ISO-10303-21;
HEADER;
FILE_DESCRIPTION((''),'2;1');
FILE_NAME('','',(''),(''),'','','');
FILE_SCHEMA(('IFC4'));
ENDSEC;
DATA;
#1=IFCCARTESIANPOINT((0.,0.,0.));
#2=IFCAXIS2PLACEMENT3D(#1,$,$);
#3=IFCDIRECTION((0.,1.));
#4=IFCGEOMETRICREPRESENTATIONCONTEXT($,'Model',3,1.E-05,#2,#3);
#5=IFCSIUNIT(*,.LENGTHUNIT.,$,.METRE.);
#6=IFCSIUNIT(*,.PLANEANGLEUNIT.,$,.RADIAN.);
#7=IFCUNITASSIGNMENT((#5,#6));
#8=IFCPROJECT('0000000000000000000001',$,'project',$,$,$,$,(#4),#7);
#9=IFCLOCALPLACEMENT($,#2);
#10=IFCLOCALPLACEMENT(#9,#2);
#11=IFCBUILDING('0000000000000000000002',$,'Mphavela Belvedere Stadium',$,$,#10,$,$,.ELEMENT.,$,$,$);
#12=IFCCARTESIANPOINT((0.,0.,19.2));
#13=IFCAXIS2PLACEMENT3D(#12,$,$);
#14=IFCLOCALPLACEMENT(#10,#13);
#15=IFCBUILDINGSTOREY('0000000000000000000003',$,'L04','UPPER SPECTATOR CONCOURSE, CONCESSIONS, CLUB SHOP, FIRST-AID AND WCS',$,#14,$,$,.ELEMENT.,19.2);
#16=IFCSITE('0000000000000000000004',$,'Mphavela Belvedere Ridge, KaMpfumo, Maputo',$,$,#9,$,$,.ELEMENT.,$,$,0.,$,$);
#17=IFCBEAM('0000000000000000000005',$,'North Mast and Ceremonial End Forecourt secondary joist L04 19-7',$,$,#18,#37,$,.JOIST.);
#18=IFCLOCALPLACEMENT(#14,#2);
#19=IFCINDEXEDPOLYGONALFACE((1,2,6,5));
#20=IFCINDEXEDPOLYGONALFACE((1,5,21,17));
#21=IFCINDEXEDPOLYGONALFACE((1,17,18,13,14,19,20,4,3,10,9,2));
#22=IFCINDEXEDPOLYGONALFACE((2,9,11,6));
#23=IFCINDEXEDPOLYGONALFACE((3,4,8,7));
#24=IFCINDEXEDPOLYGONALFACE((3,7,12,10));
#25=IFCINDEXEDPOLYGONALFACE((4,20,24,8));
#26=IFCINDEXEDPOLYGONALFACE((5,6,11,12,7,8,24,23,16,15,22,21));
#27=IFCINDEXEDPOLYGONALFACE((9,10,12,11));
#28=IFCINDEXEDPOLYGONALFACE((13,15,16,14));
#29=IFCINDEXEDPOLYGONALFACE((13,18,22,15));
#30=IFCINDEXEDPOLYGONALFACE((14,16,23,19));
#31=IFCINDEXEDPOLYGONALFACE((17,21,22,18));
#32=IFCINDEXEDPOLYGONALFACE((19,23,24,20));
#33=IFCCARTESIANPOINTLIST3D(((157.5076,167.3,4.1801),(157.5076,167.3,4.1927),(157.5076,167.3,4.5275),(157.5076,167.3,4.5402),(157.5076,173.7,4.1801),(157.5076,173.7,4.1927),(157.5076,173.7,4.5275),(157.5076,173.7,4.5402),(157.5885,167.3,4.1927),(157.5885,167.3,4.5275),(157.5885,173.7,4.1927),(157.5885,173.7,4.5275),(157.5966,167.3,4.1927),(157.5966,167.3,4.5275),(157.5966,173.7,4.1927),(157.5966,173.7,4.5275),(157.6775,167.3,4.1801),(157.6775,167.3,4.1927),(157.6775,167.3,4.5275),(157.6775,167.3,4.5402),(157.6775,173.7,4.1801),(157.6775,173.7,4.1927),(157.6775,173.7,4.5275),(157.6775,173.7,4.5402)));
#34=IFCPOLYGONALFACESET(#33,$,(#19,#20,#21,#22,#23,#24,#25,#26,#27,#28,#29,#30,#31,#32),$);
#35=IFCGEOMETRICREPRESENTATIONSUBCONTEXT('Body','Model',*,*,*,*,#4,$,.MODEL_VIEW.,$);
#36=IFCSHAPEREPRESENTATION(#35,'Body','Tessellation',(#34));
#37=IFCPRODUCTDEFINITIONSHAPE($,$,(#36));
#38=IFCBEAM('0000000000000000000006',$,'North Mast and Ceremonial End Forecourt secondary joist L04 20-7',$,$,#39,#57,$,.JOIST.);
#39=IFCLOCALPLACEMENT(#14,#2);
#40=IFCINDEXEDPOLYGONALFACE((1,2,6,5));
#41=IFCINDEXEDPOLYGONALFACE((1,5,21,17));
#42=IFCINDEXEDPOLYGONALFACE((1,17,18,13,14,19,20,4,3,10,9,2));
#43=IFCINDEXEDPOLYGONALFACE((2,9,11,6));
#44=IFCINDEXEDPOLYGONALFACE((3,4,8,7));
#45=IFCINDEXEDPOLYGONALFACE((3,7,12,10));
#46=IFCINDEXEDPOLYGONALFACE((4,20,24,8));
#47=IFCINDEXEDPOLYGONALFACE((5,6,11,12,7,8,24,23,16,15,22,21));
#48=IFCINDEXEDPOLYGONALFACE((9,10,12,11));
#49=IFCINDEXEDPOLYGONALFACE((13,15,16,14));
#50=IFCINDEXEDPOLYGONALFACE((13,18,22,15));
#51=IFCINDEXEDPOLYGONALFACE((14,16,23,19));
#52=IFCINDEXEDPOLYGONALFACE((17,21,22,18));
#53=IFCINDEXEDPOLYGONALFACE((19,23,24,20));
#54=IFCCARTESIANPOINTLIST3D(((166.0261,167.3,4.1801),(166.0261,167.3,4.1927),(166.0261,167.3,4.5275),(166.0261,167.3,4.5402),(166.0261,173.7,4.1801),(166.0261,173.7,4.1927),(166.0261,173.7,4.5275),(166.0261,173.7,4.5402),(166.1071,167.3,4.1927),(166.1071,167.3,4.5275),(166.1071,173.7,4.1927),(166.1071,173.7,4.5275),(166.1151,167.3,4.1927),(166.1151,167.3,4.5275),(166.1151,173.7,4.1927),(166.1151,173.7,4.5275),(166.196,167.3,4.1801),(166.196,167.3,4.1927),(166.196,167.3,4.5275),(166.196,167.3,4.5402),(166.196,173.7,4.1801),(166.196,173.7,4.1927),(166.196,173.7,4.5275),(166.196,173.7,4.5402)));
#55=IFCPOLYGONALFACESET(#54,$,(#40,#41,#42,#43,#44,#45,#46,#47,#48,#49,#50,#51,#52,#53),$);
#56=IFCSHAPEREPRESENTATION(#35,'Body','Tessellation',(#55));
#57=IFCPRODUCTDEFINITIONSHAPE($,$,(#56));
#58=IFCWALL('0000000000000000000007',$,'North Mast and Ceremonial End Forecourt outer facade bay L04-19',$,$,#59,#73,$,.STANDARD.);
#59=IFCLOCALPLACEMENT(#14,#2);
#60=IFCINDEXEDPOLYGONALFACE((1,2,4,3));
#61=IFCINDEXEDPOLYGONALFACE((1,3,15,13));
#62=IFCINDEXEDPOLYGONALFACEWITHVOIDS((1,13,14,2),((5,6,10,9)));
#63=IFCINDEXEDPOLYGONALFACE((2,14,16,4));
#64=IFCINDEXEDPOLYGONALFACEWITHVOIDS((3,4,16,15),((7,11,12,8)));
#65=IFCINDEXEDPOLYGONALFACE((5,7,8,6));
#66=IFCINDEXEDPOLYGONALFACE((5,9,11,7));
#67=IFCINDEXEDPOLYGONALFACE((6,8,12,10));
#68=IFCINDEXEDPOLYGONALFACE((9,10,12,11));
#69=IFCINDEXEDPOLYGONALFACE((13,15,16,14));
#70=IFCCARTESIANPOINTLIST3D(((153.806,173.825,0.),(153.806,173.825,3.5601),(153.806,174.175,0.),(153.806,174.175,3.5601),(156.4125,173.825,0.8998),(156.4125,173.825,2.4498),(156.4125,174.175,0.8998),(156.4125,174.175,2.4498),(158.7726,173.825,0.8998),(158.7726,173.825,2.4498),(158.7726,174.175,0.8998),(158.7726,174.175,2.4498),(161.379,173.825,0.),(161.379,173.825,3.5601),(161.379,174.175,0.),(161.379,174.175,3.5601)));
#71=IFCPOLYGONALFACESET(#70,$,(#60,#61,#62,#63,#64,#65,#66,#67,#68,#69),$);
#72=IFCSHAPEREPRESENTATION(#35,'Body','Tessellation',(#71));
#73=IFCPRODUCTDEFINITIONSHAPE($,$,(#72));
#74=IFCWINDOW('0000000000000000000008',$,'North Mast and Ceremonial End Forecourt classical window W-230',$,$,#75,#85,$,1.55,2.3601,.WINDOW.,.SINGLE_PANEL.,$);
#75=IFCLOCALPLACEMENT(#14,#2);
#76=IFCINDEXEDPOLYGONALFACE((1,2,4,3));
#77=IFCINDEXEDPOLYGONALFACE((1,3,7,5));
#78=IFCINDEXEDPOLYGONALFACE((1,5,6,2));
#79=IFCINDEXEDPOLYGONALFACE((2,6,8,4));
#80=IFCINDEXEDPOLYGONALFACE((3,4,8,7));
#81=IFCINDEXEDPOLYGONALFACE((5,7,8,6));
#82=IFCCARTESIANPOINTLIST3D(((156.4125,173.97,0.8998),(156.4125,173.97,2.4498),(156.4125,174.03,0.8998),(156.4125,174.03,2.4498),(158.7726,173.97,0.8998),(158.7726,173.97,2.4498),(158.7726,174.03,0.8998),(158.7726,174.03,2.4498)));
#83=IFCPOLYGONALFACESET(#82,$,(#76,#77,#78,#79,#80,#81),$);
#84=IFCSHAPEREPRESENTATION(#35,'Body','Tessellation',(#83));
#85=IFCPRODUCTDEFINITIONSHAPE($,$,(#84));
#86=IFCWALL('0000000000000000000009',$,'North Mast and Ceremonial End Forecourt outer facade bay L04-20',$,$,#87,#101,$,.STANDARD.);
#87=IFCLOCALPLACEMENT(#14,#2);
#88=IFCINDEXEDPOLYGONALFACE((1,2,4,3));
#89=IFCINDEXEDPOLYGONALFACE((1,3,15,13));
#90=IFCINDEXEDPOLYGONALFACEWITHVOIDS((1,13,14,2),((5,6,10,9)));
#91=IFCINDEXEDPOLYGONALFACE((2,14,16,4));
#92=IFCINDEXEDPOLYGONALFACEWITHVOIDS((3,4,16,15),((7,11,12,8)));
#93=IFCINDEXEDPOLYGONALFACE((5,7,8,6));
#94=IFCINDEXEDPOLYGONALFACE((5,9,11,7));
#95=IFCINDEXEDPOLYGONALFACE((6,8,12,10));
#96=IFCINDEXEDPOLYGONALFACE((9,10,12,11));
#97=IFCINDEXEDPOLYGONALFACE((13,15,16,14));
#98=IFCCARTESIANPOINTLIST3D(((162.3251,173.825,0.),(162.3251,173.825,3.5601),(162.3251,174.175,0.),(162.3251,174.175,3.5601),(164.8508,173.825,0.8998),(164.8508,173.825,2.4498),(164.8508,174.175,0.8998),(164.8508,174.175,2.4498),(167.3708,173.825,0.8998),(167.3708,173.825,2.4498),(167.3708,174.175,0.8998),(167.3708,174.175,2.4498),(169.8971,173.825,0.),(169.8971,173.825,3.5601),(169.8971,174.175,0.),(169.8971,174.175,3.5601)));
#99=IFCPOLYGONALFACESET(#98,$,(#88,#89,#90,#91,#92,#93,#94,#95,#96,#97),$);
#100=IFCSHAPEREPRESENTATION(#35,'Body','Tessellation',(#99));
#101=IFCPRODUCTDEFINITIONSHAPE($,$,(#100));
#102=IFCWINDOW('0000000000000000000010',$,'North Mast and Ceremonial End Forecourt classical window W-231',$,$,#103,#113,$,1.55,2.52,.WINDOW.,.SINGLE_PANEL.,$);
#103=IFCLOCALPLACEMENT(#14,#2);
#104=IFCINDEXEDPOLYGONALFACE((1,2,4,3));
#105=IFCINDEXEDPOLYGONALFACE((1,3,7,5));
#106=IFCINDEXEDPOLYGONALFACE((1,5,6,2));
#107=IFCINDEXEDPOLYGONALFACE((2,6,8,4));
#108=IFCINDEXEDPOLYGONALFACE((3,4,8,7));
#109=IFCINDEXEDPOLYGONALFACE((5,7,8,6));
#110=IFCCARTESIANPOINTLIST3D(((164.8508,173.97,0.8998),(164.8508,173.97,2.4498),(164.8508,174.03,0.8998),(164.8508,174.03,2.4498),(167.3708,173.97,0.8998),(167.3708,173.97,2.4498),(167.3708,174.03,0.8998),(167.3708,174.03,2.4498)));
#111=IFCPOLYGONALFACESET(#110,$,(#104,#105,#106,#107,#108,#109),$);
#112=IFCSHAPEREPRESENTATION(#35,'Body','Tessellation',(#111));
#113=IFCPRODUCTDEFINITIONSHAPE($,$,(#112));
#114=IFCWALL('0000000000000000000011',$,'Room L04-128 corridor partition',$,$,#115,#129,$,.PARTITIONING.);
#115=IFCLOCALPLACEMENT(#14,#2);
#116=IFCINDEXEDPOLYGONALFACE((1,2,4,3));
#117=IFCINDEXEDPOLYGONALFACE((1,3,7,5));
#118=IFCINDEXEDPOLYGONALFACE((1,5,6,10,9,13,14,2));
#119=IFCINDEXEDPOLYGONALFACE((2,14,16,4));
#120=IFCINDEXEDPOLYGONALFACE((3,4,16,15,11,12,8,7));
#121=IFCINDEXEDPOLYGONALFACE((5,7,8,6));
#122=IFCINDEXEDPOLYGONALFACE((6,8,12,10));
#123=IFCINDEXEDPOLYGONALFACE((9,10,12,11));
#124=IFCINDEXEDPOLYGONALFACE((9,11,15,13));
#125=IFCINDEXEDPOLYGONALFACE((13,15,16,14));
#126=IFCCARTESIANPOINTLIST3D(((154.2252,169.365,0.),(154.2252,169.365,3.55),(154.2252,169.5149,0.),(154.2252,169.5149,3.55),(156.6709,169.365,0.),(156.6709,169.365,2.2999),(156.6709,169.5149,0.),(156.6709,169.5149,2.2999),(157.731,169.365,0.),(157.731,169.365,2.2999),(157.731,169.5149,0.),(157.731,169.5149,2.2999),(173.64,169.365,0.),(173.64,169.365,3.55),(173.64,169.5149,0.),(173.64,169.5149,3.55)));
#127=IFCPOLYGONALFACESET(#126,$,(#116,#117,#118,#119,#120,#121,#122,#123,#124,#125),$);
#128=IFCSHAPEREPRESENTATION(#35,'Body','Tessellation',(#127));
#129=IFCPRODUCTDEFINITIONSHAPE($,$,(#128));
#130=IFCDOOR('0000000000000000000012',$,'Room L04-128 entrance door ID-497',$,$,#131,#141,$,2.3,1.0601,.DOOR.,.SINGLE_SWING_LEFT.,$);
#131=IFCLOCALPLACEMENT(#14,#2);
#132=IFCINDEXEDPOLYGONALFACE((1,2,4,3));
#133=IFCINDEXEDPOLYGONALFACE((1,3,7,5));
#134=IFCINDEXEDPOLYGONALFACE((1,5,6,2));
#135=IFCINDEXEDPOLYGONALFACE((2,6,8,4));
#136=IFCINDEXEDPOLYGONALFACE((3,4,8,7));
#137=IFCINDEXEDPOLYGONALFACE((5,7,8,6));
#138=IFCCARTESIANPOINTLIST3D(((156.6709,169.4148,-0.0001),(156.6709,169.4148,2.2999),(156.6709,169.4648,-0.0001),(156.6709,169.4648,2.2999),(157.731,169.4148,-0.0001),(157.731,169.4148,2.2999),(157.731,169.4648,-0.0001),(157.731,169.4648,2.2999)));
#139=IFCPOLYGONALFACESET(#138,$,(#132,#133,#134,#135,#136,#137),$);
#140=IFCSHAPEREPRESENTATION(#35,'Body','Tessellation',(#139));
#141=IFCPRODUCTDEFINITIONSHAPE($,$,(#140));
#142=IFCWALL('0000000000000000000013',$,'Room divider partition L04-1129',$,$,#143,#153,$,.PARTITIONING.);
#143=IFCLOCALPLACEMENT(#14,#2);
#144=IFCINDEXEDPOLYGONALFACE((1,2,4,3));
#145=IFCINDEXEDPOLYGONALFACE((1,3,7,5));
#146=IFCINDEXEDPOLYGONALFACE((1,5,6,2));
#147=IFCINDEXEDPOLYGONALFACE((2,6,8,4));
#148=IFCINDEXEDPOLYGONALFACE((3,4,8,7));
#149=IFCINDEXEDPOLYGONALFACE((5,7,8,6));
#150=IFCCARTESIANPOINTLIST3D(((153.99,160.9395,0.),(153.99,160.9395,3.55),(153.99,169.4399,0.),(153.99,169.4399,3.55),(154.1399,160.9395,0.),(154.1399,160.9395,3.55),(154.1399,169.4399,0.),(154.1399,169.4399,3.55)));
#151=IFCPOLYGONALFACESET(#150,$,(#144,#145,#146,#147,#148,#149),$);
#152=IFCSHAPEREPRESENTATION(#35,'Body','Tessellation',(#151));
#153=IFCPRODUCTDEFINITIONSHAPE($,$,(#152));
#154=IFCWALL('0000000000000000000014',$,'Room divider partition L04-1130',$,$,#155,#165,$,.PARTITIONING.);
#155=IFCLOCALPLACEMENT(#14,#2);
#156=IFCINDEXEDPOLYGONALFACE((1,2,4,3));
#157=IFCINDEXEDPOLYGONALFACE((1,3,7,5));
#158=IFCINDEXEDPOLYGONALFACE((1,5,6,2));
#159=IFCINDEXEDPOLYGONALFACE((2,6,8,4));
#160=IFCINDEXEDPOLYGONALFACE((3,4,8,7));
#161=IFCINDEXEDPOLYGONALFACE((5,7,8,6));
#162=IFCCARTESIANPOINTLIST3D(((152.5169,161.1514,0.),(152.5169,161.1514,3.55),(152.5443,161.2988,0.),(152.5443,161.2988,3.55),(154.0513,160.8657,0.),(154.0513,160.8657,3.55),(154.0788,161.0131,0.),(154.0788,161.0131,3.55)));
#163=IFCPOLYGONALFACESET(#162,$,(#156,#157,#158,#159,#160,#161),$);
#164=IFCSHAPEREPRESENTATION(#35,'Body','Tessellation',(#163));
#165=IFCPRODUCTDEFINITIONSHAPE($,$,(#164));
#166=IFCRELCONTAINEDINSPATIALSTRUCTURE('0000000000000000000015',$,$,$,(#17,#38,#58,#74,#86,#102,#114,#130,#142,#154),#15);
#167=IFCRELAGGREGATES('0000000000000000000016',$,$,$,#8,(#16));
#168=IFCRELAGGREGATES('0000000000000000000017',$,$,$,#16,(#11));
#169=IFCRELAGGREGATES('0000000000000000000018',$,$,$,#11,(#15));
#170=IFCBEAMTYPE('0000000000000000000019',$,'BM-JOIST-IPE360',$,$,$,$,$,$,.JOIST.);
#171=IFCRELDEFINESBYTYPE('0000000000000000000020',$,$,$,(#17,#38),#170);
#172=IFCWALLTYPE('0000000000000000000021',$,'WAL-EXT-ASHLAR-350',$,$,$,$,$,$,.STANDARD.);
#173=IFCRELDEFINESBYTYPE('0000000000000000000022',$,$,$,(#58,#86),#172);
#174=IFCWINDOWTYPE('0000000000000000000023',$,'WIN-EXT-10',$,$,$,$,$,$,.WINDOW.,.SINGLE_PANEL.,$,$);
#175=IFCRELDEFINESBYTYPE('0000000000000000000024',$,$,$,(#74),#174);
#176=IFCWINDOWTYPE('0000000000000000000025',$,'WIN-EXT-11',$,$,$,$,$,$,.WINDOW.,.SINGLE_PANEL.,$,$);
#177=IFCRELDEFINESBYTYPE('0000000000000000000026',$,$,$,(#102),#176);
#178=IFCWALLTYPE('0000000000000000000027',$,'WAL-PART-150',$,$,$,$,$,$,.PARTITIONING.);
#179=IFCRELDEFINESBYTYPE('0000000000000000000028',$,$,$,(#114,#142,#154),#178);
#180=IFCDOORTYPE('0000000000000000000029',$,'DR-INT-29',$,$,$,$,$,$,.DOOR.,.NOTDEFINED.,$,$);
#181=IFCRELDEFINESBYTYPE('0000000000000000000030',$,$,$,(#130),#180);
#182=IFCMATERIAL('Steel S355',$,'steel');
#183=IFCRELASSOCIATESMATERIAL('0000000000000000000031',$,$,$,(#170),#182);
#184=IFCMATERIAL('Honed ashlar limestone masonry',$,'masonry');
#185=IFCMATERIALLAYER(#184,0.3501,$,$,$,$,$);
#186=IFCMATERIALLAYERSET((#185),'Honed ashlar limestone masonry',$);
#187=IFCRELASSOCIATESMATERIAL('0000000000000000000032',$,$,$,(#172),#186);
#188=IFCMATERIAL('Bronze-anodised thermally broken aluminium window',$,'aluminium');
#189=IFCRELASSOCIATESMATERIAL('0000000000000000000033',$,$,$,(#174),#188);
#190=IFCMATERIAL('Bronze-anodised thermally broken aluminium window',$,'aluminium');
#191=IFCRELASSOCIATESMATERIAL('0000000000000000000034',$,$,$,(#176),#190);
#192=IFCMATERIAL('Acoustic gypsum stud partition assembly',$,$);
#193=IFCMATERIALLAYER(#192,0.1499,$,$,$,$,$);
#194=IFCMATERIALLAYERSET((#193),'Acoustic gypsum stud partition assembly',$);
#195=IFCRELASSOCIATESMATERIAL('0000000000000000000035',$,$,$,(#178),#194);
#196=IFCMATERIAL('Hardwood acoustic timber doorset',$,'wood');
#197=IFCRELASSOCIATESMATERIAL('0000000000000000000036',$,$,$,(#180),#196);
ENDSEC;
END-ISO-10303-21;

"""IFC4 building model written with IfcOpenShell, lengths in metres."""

from ifc_helpers import new_model, si_unit, direction, frame, frame_2d, origin, origin_2d, place, context, subcontext, project, spatial, rectangle, i_section, extrude, material, layer, layer_set, material_profile, profile_set, type_object, element, fill, save


model = new_model("IFC4")

# Units and contexts
model_context = context("Model", 3, precision=1e-05, world=origin(), true_north=direction((0.0, 1.0)))
body_context = subcontext(model_context, "Body", "Model", "MODEL_VIEW")
ifc_project = project(units=[si_unit("LENGTHUNIT", "METRE"), si_unit("PLANEANGLEUNIT", "RADIAN")], contexts=[model_context])

# Site, building, storey
site_placement = place(None, origin())
site = spatial("IfcSite", under=ifc_project, at=site_placement, Name="Mphavela Belvedere Ridge, KaMpfumo, Maputo", CompositionType="ELEMENT", RefElevation=0.0)
building_placement = place(site_placement, origin())
building = spatial("IfcBuilding", under=site, at=building_placement, Name="Mphavela Belvedere Stadium", CompositionType="ELEMENT")
storey_placement = place(building_placement, frame((0.0, 0.0, 19.2)))
storey = spatial("IfcBuildingStorey", under=building, at=storey_placement, Name="L04", Description="UPPER SPECTATOR CONCOURSE, CONCESSIONS, CLUB SHOP, FIRST-AID AND WCS", CompositionType="ELEMENT", Elevation=19.2)

# Beams
ifc_material_1 = material(Name="Steel S355", Category="steel")
ifc_material_profile_1 = material_profile(ifc_material_1, i_section(OverallWidth=0.1699, OverallDepth=0.3601, WebThickness=0.0081, FlangeThickness=0.0127, at=origin_2d()), Name="IPE 360")
ifc_profile_set_1 = profile_set([ifc_material_profile_1], Name="Steel S355")
beam_type_1 = type_object("IfcBeamType", Name="BM-JOIST-IPE360", PredefinedType="JOIST", material=ifc_profile_set_1)
for number, where, z_axis, x_axis, name in (
    (1, (157.5925, 167.3, 4.3601), (0.0, 1.0, 0.0), (-1.0, 0.0, 0.0), "North Mast and Ceremonial End Forecourt secondary joist L04 19-7"),
    (2, (166.1111, 167.3, 4.3601), (0.0, 1.0, 0.0), (-1.0, 0.0, 0.0), "North Mast and Ceremonial End Forecourt secondary joist L04 20-7"),
):
    element("IfcBeam", number, at=place(storey_placement, frame(where, z_axis=z_axis, x_axis=x_axis)), inside=storey, type_object=beam_type_1, Name=name, PredefinedType="JOIST", context=body_context, shape_type="SweptSolid", body=[
        extrude(i_section(OverallWidth=0.1699, OverallDepth=0.3601, WebThickness=0.0081, FlangeThickness=0.0127, at=origin_2d()), origin(), (0.0, 0.0, 1.0), 6.3999),
    ])

# Walls, openings, windows
ifc_material_2 = material(Name="Honed ashlar limestone masonry", Category="masonry")
ifc_layer_1 = layer(ifc_material_2, 0.3501)
ifc_layer_set_1 = layer_set([ifc_layer_1], Name="Honed ashlar limestone masonry")
wall_type_1 = type_object("IfcWallType", Name="WAL-EXT-ASHLAR-350", PredefinedType="STANDARD", material=ifc_layer_set_1)
wall_1_placement = place(storey_placement, frame((153.8059, 174.0, 0.0), z_axis=(0.0, 0.0, 1.0), x_axis=(1.0, 0.0, 0.0)))
wall_1 = element("IfcWall", 3, at=wall_1_placement, inside=storey, type_object=wall_type_1, Name="North Mast and Ceremonial End Forecourt outer facade bay L04-19", PredefinedType="STANDARD", context=body_context, shape_type="SweptSolid", body=[
    extrude(rectangle(XDim=7.573, YDim=0.3501, at=frame_2d((3.7866, 0.0))), origin(), (0.0, 0.0, 1.0), 3.5601),
])
opening_1_placement = place(wall_1_placement, frame((2.6064, 0.0, 0.8999)))
opening_1 = element("IfcOpeningElement", 4, at=opening_1_placement, cuts=wall_1, PredefinedType="OPENING", context=body_context, shape_type="SweptSolid", body=[
    extrude(rectangle(XDim=2.3601, YDim=1.55, at=frame_2d((1.1802, 0.7749))), frame((0.0, 0.1851, 0.0), z_axis=(0.0, -1.0, 0.0), x_axis=(1.0, 0.0, 0.0)), (0.0, 0.0, 1.0), 0.3701),
])
ifc_material_3 = material(Name="Bronze-anodised thermally broken aluminium window", Category="aluminium")
window_type_1 = type_object("IfcWindowType", Name="WIN-EXT-10", PartitioningType="SINGLE_PANEL", PredefinedType="WINDOW", material=ifc_material_3)
window_1_placement = place(opening_1_placement, origin())
window_1 = element("IfcWindow", 5, at=window_1_placement, inside=storey, type_object=window_type_1, Name="North Mast and Ceremonial End Forecourt classical window W-230", OverallHeight=1.55, OverallWidth=2.3601, PartitioningType="SINGLE_PANEL", PredefinedType="WINDOW", context=body_context, shape_type="SweptSolid", body=[
    extrude(rectangle(XDim=2.3601, YDim=1.55, at=frame_2d((1.1802, 0.7749))), frame((0.0, 0.03, 0.0), z_axis=(0.0, -1.0, 0.0), x_axis=(1.0, 0.0, 0.0)), (0.0, 0.0, 1.0), 0.0601),
])
fill(opening_1, window_1)
wall_2_placement = place(storey_placement, frame((162.325, 174.0, 0.0), z_axis=(0.0, 0.0, 1.0), x_axis=(1.0, 0.0, 0.0)))
wall_2 = element("IfcWall", 6, at=wall_2_placement, inside=storey, type_object=wall_type_1, Name="North Mast and Ceremonial End Forecourt outer facade bay L04-20", PredefinedType="STANDARD", context=body_context, shape_type="SweptSolid", body=[
    extrude(rectangle(XDim=7.572, YDim=0.3501, at=frame_2d((3.7861, 0.0))), origin(), (0.0, 0.0, 1.0), 3.5601),
])
opening_2_placement = place(wall_2_placement, frame((2.5259, 0.0, 0.8999)))
opening_2 = element("IfcOpeningElement", 7, at=opening_2_placement, cuts=wall_2, PredefinedType="OPENING", context=body_context, shape_type="SweptSolid", body=[
    extrude(rectangle(XDim=2.52, YDim=1.55, at=frame_2d((1.26, 0.7749))), frame((0.0, 0.1851, 0.0), z_axis=(0.0, -1.0, 0.0), x_axis=(1.0, 0.0, 0.0)), (0.0, 0.0, 1.0), 0.3701),
])
ifc_material_4 = material(Name="Bronze-anodised thermally broken aluminium window", Category="aluminium")
window_type_2 = type_object("IfcWindowType", Name="WIN-EXT-11", PartitioningType="SINGLE_PANEL", PredefinedType="WINDOW", material=ifc_material_4)
window_2_placement = place(opening_2_placement, origin())
window_2 = element("IfcWindow", 8, at=window_2_placement, inside=storey, type_object=window_type_2, Name="North Mast and Ceremonial End Forecourt classical window W-231", OverallHeight=1.55, OverallWidth=2.52, PartitioningType="SINGLE_PANEL", PredefinedType="WINDOW", context=body_context, shape_type="SweptSolid", body=[
    extrude(rectangle(XDim=2.52, YDim=1.55, at=frame_2d((1.26, 0.7749))), frame((0.0, 0.03, 0.0), z_axis=(0.0, -1.0, 0.0), x_axis=(1.0, 0.0, 0.0)), (0.0, 0.0, 1.0), 0.0601),
])
fill(opening_2, window_2)

# Wall, opening, door
ifc_material_5 = material(Name="Acoustic gypsum stud partition assembly")
ifc_layer_2 = layer(ifc_material_5, 0.1499)
ifc_layer_set_2 = layer_set([ifc_layer_2], Name="Acoustic gypsum stud partition assembly")
wall_type_2 = type_object("IfcWallType", Name="WAL-PART-150", PredefinedType="PARTITIONING", material=ifc_layer_set_2)
wall_3_placement = place(storey_placement, frame((154.2251, 169.4399, 0.0), z_axis=(0.0, 0.0, 1.0), x_axis=(1.0, 0.0, 0.0)))
wall_3 = element("IfcWall", 9, at=wall_3_placement, inside=storey, type_object=wall_type_2, Name="Room L04-128 corridor partition", PredefinedType="PARTITIONING", context=body_context, shape_type="SweptSolid", body=[
    extrude(rectangle(XDim=19.4148, YDim=0.1499, at=frame_2d((9.7075, 0.0))), origin(), (0.0, 0.0, 1.0), 3.55),
])
opening_3_placement = place(wall_3_placement, frame((2.4458, 0.0, 0.0)))
opening_3 = element("IfcOpeningElement", 10, at=opening_3_placement, cuts=wall_3, PredefinedType="OPENING", context=body_context, shape_type="SweptSolid", body=[
    extrude(rectangle(XDim=1.0601, YDim=2.3, at=frame_2d((0.53, 1.1499))), frame((0.0, 0.085, 0.0), z_axis=(0.0, -1.0, 0.0), x_axis=(1.0, 0.0, 0.0)), (0.0, 0.0, 1.0), 0.1699),
])
ifc_material_6 = material(Name="Hardwood acoustic timber doorset", Category="wood")
door_type = type_object("IfcDoorType", Name="DR-INT-29", OperationType="NOTDEFINED", PredefinedType="DOOR", material=ifc_material_6)
door_placement = place(opening_3_placement, origin())
door = element("IfcDoor", 11, at=door_placement, inside=storey, type_object=door_type, Name="Room L04-128 entrance door ID-497", OperationType="SINGLE_SWING_LEFT", OverallHeight=2.3, OverallWidth=1.0601, PredefinedType="DOOR", context=body_context, shape_type="SweptSolid", body=[
    extrude(rectangle(XDim=1.0601, YDim=2.3, at=frame_2d((0.53, 1.1499))), frame((0.0, 0.0249, 0.0), z_axis=(0.0, -1.0, 0.0), x_axis=(1.0, 0.0, 0.0)), (0.0, 0.0, 1.0), 0.05),
])
fill(opening_3, door)

# Walls
wall_4_placement = place(storey_placement, frame((154.0649, 169.4399, 0.0), z_axis=(0.0, 0.0, 1.0), x_axis=(0.0, -1.0, 0.0)))
element("IfcWall", 12, at=wall_4_placement, inside=storey, type_object=wall_type_2, Name="Room divider partition L04-1129", PredefinedType="PARTITIONING", context=body_context, shape_type="SweptSolid", body=[
    extrude(rectangle(XDim=8.5005, YDim=0.1499, at=frame_2d((4.2502, 0.0))), origin(), (0.0, 0.0, 1.0), 3.55),
])
wall_5_placement = place(storey_placement, frame((154.0649, 160.9395, 0.0), z_axis=(0.0, 0.0, 1.0), x_axis=(-0.98311, 0.183013, 0.0)))
element("IfcWall", 13, at=wall_5_placement, inside=storey, type_object=wall_type_2, Name="Room divider partition L04-1130", PredefinedType="PARTITIONING", context=body_context, shape_type="SweptSolid", body=[
    extrude(rectangle(XDim=1.5608, YDim=0.1499, at=frame_2d((0.7803, 0.0))), origin(), (0.0, 0.0, 1.0), 3.55),
])

save(model, "model.ifc")
